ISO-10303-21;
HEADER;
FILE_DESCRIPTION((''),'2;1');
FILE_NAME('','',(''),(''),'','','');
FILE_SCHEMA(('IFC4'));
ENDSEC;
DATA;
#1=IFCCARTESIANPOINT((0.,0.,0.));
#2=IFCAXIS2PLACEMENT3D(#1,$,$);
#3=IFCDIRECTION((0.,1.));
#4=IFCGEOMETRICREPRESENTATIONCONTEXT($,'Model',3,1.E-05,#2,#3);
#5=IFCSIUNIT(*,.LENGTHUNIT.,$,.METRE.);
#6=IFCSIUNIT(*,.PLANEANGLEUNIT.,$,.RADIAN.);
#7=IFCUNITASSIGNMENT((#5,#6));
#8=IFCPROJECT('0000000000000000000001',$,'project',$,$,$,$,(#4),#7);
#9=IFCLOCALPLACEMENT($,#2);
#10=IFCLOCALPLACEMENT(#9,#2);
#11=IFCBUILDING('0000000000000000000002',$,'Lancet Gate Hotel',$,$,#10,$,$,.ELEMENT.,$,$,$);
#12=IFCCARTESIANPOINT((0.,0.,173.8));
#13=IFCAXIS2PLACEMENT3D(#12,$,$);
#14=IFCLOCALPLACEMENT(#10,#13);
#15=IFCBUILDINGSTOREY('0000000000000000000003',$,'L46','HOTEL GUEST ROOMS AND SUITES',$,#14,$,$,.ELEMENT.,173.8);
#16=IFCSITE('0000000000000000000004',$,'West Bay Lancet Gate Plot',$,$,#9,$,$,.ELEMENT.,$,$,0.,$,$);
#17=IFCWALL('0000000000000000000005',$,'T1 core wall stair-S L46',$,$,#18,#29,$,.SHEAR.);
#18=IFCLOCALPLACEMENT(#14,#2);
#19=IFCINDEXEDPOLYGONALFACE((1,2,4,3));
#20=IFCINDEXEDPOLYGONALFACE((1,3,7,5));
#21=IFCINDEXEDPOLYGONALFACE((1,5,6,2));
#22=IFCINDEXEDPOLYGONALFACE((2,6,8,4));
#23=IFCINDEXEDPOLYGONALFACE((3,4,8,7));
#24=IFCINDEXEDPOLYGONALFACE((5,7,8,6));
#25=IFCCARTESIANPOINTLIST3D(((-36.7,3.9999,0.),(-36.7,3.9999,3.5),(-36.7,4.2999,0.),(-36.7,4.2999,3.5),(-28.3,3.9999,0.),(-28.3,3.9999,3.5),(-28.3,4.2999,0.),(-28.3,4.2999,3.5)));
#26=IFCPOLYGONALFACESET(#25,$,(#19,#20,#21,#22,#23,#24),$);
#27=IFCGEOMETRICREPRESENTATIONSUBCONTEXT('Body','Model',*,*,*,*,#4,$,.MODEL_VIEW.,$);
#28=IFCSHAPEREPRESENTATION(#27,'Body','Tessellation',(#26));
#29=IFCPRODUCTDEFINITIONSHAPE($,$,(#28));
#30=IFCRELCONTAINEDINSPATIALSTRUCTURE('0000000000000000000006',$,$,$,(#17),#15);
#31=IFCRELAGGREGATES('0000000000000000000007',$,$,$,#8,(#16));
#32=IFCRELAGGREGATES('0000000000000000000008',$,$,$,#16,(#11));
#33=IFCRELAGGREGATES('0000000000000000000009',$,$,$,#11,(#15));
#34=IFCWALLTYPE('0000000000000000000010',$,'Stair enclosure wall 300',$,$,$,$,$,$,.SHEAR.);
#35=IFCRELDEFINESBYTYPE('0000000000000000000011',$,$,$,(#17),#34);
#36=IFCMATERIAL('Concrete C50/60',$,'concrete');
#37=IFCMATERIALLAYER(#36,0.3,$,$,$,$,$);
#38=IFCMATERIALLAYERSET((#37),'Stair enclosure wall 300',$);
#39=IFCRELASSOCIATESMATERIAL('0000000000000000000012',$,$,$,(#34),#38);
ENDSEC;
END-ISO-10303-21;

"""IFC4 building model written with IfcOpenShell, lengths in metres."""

from ifc_helpers import new_model, si_unit, direction, frame, frame_2d, origin, place, context, subcontext, project, spatial, rectangle, extrude, material, layer, layer_set, type_object, element, save


model = new_model("IFC4")

# Units and contexts
model_context = context("Model", 3, precision=1e-05, world=origin(), true_north=direction((0.0, 1.0)))
body_context = subcontext(model_context, "Body", "Model", "MODEL_VIEW")
ifc_project = project(units=[si_unit("LENGTHUNIT", "METRE"), si_unit("PLANEANGLEUNIT", "RADIAN")], contexts=[model_context])

# Site, building, storey
site_placement = place(None, origin())
site = spatial("IfcSite", under=ifc_project, at=site_placement, Name="West Bay Lancet Gate Plot", CompositionType="ELEMENT", RefElevation=0.0)
building_placement = place(site_placement, origin())
building = spatial("IfcBuilding", under=site, at=building_placement, Name="Lancet Gate Hotel", CompositionType="ELEMENT")
storey_placement = place(building_placement, frame((0.0, 0.0, 173.8)))
storey = spatial("IfcBuildingStorey", under=building, at=storey_placement, Name="L46", Description="HOTEL GUEST ROOMS AND SUITES", CompositionType="ELEMENT", Elevation=173.8)

# Wall
ifc_material_1 = material(Name="Concrete C50/60", Category="concrete")
ifc_layer_1 = layer(ifc_material_1, 0.3)
ifc_layer_set_1 = layer_set([ifc_layer_1], Name="Stair enclosure wall 300")
wall_type_1 = type_object("IfcWallType", Name="Stair enclosure wall 300", PredefinedType="SHEAR", material=ifc_layer_set_1)
wall_1_placement = place(storey_placement, frame((-28.3, 4.1499, 0.0), z_axis=(0.0, 0.0, 1.0), x_axis=(-1.0, 0.0, 0.0)))
element("IfcWall", 1, at=wall_1_placement, inside=storey, type_object=wall_type_1, Name="T1 core wall stair-S L46", PredefinedType="SHEAR", context=body_context, shape_type="SweptSolid", body=[
    extrude(rectangle(XDim=8.3999, YDim=0.3, at=frame_2d((4.2, 0.0))), origin(), (0.0, 0.0, 1.0), 3.5),
])

save(model, "model.ifc")
